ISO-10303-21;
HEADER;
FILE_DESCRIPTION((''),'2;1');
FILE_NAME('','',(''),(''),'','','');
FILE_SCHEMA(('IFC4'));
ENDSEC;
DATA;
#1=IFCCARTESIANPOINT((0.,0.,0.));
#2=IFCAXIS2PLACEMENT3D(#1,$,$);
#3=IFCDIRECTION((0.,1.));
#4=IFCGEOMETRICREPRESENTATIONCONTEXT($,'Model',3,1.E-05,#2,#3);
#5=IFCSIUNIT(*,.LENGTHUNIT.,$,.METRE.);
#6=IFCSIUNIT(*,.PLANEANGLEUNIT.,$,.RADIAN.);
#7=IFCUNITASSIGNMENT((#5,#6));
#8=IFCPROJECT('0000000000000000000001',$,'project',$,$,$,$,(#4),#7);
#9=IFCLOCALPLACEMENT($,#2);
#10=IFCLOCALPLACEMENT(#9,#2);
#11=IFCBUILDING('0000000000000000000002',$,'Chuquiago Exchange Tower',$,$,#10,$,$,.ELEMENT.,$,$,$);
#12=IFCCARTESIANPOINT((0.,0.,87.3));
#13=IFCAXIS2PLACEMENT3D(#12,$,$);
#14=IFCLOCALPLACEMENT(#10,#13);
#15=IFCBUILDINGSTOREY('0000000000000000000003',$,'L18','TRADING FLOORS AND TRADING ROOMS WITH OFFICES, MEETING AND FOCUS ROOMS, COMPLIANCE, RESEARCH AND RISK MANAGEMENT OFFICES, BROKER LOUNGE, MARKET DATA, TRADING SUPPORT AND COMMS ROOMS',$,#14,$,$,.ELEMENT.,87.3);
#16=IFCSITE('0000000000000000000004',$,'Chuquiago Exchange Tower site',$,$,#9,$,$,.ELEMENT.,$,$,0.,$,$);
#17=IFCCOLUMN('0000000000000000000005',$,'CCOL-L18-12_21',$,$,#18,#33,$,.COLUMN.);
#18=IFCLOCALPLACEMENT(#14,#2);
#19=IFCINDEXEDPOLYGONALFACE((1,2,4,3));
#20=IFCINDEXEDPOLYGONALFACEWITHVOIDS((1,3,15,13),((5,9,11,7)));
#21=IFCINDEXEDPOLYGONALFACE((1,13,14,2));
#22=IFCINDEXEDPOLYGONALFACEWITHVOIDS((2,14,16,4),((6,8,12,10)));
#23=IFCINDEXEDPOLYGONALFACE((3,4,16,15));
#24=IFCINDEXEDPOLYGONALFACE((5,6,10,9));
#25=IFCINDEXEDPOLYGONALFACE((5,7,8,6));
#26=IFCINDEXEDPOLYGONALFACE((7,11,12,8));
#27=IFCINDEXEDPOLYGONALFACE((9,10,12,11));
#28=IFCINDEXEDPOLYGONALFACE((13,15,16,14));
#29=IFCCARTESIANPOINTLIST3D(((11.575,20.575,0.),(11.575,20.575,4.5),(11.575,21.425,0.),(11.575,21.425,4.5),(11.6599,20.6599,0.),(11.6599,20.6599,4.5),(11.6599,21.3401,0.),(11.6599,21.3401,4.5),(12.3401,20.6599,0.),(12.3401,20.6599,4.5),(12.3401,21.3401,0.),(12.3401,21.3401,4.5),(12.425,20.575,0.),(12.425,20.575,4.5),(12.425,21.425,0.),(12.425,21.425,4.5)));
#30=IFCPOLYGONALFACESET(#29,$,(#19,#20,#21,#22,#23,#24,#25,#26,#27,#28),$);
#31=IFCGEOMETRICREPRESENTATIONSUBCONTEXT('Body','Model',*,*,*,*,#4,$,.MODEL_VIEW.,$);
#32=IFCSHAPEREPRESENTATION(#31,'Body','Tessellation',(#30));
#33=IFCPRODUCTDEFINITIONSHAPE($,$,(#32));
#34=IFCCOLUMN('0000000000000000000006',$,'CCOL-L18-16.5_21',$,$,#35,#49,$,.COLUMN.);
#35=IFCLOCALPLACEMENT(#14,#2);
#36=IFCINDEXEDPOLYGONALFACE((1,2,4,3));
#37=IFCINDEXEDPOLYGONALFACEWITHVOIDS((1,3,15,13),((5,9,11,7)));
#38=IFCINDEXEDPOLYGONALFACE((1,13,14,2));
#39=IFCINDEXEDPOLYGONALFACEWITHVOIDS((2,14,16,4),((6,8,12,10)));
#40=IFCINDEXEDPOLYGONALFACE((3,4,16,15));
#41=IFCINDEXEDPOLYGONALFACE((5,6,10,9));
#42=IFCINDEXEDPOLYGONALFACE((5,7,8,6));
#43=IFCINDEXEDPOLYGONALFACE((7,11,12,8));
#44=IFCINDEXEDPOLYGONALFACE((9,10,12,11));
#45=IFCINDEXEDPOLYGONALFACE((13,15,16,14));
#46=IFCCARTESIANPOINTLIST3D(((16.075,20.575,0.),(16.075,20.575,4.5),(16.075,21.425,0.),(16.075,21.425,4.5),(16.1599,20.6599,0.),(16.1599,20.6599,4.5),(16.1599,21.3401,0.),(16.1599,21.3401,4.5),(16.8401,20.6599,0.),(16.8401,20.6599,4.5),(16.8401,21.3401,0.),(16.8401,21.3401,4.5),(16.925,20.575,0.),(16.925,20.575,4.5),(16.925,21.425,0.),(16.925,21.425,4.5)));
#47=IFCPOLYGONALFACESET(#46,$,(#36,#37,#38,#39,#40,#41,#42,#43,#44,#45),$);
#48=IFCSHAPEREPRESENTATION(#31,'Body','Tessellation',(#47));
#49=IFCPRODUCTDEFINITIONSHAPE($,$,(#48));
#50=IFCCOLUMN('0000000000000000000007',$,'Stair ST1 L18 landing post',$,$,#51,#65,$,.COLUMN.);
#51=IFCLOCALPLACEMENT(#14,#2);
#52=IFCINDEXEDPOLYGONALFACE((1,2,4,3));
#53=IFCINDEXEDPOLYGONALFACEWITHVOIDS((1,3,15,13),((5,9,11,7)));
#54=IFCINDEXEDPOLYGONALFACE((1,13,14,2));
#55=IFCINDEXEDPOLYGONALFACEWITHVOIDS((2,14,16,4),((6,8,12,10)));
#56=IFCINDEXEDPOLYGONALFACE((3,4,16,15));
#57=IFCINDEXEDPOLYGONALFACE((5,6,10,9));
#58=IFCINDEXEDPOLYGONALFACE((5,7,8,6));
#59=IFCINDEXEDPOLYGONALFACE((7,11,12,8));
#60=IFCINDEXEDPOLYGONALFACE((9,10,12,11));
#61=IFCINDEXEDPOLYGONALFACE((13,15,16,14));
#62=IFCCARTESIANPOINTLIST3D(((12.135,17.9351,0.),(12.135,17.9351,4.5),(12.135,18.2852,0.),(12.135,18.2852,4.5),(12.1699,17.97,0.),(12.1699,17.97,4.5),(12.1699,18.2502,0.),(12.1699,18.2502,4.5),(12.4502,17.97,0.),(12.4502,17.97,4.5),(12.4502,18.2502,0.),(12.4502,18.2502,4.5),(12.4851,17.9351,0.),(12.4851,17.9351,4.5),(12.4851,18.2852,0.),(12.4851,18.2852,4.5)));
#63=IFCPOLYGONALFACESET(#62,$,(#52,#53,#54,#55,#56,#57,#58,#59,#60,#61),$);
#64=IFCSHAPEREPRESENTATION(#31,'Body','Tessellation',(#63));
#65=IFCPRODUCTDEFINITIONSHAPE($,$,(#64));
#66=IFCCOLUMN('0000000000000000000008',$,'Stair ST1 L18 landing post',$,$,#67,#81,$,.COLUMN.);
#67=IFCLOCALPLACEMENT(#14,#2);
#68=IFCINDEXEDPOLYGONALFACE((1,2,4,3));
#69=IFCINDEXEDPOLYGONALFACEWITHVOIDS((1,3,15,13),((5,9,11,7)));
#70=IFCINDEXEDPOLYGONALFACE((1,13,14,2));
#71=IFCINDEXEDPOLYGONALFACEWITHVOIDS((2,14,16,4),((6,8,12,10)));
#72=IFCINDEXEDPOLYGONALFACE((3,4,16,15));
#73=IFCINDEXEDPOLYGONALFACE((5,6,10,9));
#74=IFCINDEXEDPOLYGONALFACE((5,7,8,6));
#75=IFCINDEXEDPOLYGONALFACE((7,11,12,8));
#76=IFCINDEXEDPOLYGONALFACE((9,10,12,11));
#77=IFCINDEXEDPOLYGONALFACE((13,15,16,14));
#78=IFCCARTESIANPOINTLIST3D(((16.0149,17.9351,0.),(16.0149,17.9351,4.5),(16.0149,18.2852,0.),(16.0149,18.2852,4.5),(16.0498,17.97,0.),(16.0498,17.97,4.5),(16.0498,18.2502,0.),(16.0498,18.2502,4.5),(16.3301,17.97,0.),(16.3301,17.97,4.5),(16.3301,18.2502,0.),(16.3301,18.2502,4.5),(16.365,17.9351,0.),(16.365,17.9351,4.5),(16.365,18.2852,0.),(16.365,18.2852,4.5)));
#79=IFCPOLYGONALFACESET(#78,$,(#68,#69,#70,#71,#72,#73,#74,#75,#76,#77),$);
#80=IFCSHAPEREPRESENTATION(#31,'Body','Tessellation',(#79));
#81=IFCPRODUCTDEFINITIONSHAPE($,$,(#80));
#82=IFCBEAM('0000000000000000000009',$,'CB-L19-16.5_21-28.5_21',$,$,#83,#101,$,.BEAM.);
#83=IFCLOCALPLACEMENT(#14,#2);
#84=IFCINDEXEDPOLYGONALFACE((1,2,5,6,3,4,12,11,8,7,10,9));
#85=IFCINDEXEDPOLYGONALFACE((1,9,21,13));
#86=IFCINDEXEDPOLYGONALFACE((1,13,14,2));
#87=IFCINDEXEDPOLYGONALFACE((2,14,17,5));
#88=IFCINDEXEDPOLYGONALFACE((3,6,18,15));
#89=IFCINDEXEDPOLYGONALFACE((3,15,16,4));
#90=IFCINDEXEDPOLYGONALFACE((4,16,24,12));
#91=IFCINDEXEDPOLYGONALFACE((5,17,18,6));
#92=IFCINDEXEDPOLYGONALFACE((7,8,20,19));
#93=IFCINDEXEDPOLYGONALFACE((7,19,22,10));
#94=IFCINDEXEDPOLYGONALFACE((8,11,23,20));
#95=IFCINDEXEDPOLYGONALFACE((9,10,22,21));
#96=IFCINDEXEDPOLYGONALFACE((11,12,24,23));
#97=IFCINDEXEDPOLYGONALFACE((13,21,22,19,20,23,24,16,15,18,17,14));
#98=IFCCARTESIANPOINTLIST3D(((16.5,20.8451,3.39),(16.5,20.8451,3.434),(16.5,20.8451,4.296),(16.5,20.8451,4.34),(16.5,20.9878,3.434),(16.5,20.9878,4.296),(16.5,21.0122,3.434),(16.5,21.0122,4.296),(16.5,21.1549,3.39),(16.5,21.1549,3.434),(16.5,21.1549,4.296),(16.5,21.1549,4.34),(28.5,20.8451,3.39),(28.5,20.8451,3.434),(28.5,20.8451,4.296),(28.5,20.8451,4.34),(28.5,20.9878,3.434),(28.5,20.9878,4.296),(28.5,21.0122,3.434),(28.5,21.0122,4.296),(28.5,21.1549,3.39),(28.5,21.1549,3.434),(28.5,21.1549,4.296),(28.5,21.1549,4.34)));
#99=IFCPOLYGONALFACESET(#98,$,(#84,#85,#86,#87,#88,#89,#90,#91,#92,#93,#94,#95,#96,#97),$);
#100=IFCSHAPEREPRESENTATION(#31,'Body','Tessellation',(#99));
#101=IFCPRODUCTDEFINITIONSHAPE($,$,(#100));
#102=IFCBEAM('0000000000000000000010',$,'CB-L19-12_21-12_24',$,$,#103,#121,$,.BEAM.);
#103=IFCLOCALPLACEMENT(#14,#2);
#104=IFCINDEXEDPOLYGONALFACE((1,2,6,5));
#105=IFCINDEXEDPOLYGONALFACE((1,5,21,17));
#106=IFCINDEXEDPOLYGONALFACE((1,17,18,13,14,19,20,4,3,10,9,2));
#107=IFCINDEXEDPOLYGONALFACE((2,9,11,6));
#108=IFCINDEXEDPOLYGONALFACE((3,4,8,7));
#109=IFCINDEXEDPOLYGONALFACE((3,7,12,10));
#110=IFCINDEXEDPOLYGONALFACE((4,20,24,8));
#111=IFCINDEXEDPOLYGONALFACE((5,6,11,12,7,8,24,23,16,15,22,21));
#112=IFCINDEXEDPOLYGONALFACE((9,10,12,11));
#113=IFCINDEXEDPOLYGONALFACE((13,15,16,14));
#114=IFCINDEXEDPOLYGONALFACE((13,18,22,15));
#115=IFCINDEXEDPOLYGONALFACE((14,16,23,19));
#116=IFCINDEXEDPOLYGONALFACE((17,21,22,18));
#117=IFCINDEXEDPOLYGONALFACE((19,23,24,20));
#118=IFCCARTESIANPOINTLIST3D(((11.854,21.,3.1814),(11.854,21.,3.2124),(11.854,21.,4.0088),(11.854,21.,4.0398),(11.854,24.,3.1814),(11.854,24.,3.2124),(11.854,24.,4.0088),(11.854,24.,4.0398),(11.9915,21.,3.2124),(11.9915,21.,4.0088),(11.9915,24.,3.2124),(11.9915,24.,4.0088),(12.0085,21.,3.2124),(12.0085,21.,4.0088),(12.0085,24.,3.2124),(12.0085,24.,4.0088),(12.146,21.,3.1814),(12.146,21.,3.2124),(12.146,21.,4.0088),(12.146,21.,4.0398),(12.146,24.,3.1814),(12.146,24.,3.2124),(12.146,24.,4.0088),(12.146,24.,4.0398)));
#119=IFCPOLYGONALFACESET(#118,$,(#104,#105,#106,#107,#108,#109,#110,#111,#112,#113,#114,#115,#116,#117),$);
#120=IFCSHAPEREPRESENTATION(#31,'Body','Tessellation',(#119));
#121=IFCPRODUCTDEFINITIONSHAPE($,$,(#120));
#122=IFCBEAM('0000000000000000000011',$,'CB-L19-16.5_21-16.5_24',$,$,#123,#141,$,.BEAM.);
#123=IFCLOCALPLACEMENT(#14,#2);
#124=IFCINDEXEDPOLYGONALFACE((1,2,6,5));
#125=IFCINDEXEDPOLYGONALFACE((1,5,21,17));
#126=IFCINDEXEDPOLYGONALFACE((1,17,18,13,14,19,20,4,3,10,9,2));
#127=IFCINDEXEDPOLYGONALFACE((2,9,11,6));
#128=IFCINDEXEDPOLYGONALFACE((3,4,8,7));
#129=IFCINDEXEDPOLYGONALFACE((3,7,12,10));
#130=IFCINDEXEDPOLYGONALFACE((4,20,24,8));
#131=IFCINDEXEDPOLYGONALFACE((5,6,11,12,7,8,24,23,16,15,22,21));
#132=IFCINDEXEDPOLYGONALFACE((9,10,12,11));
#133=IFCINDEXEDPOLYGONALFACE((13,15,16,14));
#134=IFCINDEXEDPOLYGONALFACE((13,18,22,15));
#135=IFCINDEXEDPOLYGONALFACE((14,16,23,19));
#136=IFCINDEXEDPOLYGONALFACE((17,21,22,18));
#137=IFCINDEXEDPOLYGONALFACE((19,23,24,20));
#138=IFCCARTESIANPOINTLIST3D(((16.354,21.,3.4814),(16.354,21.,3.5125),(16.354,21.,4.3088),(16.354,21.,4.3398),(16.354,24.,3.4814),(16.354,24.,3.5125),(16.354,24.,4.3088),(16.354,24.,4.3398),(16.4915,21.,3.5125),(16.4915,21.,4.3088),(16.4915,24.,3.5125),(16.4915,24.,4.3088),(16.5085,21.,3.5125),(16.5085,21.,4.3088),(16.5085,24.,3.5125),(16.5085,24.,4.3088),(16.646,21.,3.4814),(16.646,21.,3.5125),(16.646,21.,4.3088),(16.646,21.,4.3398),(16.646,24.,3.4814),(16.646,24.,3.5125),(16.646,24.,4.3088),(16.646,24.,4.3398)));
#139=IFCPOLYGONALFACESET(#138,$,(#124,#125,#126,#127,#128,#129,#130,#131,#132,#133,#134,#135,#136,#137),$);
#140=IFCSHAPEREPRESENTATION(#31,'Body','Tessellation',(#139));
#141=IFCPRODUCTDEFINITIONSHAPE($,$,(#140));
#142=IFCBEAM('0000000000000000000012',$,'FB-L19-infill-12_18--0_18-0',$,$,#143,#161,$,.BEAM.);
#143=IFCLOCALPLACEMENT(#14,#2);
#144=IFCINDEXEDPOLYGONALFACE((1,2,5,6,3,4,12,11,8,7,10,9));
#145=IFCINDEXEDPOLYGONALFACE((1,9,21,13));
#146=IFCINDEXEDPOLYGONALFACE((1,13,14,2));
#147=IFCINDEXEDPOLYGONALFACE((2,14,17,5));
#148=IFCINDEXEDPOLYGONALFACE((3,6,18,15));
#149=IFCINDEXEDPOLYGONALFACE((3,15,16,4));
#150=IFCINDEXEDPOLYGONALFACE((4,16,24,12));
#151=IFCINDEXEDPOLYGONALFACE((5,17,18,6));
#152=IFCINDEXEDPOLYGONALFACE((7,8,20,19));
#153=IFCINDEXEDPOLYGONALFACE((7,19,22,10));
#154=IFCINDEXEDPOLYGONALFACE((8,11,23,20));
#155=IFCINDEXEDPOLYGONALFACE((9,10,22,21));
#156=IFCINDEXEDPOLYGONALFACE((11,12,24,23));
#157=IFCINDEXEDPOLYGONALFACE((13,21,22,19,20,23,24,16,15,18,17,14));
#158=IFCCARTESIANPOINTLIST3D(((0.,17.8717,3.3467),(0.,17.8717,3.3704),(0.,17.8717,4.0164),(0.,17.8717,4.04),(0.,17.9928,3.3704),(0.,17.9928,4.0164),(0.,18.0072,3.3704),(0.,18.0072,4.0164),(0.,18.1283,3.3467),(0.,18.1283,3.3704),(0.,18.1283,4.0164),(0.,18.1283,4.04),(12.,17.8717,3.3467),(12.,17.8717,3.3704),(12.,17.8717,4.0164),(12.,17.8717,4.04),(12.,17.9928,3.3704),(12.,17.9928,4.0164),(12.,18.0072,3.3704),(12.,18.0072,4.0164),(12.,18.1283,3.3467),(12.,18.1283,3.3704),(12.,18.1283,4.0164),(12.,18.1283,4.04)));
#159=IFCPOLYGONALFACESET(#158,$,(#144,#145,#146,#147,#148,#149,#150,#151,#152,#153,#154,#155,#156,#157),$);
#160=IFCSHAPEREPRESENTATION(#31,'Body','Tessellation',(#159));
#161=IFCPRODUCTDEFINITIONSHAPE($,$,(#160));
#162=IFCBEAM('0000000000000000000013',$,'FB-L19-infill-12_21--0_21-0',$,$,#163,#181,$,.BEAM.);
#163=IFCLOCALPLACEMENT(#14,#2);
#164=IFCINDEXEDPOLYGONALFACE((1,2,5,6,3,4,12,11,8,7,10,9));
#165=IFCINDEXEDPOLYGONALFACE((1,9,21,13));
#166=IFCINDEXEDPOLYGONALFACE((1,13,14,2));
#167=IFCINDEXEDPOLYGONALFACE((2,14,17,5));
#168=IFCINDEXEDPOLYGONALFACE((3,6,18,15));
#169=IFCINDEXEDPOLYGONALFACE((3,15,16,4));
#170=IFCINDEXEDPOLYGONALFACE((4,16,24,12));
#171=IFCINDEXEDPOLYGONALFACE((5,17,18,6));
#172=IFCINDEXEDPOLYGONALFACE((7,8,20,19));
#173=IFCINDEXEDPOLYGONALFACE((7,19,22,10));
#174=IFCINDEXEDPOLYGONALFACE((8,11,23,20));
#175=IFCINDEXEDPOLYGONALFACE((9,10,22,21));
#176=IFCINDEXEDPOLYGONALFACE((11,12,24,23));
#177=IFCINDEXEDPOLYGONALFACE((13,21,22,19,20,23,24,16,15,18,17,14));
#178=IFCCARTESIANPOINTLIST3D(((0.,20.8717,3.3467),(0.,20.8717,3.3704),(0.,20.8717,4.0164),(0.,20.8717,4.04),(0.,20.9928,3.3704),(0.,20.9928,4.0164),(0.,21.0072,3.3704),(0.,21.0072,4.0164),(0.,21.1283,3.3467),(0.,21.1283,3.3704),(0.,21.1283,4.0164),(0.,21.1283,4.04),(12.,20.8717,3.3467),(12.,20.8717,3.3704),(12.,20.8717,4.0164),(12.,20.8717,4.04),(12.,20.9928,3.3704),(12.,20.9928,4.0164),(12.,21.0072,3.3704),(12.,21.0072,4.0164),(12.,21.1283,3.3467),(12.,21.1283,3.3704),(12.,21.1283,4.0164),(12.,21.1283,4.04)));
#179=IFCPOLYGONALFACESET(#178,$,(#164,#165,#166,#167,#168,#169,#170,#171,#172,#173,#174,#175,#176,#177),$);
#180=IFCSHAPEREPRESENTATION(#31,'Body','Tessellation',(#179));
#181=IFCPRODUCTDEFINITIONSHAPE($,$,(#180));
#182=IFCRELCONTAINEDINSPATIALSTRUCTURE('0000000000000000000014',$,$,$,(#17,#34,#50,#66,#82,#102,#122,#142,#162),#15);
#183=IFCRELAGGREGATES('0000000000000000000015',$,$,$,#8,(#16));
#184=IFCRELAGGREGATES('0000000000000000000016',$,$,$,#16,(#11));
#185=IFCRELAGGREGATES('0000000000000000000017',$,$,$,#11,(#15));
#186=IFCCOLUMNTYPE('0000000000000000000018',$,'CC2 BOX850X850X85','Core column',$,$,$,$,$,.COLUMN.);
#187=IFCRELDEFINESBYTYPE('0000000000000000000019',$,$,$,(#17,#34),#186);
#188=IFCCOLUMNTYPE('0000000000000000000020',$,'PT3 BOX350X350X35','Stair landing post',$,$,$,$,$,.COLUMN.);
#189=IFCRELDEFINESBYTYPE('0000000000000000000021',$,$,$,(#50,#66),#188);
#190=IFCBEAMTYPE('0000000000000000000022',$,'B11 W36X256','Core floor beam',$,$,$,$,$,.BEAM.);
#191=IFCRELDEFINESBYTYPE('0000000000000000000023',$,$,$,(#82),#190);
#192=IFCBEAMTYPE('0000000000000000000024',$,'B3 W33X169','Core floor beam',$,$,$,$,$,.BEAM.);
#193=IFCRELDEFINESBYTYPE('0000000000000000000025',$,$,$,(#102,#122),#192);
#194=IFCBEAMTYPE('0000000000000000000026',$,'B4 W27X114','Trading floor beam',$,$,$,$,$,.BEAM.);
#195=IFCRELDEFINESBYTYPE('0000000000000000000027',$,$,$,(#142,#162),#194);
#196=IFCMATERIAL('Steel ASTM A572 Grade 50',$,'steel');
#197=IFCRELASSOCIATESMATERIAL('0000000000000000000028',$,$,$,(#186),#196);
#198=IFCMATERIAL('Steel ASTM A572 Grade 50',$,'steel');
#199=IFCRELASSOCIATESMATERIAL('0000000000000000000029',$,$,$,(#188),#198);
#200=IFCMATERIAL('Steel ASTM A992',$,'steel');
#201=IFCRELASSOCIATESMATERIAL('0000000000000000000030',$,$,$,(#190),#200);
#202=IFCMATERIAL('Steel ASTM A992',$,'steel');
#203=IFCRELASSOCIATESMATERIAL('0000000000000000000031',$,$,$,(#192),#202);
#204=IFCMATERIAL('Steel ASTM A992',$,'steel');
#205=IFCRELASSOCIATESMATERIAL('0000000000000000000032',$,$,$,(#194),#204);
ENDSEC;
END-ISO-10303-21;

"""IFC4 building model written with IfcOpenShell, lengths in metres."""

from ifc_helpers import new_model, si_unit, direction, frame, origin, origin_2d, place, context, subcontext, project, spatial, hollow_rectangle, i_section, extrude, material, material_profile, profile_set, type_object, element, save


model = new_model("IFC4")

# Units and contexts
model_context = context("Model", 3, precision=1e-05, world=origin(), true_north=direction((0.0, 1.0)))
body_context = subcontext(model_context, "Body", "Model", "MODEL_VIEW")
ifc_project = project(units=[si_unit("LENGTHUNIT", "METRE"), si_unit("PLANEANGLEUNIT", "RADIAN")], contexts=[model_context])

# Site, building, storey
site_placement = place(None, origin())
site = spatial("IfcSite", under=ifc_project, at=site_placement, Name="Chuquiago Exchange Tower site", CompositionType="ELEMENT", RefElevation=0.0)
building_placement = place(site_placement, origin())
building = spatial("IfcBuilding", under=site, at=building_placement, Name="Chuquiago Exchange Tower", CompositionType="ELEMENT")
storey_placement = place(building_placement, frame((0.0, 0.0, 87.3)))
storey = spatial("IfcBuildingStorey", under=building, at=storey_placement, Name="L18", Description="TRADING FLOORS AND TRADING ROOMS WITH OFFICES, MEETING AND FOCUS ROOMS, COMPLIANCE, RESEARCH AND RISK MANAGEMENT OFFICES, BROKER LOUNGE, MARKET DATA, TRADING SUPPORT AND COMMS ROOMS", CompositionType="ELEMENT", Elevation=87.3)

# Columns
ifc_material_1 = material(Name="Steel ASTM A572 Grade 50", Category="steel")
ifc_material_profile_1 = material_profile(ifc_material_1, hollow_rectangle(XDim=0.8501, YDim=0.8501, WallThickness=0.085, at=origin_2d()), Name="BOX850X850X85")
ifc_profile_set_1 = profile_set([ifc_material_profile_1], Name="Steel ASTM A572 Grade 50")
column_type_1 = type_object("IfcColumnType", Name="CC2 BOX850X850X85", Description="Core column", PredefinedType="COLUMN", material=ifc_profile_set_1)
for number, where, z_axis, x_axis, name in (
    (1, (12.0, 21.0, 0.0), (0.0, 0.0, 1.0), (1.0, 0.0, 0.0), "CCOL-L18-12_21"),
    (2, (16.5, 21.0, 0.0), (0.0, 0.0, 1.0), (1.0, 0.0, 0.0), "CCOL-L18-16.5_21"),
):
    element("IfcColumn", number, at=place(storey_placement, frame(where, z_axis=z_axis, x_axis=x_axis)), inside=storey, type_object=column_type_1, Name=name, PredefinedType="COLUMN", context=body_context, shape_type="SweptSolid", body=[
        extrude(hollow_rectangle(XDim=0.8501, YDim=0.8501, WallThickness=0.085, at=origin_2d()), origin(), (0.0, 0.0, 1.0), 4.5),
    ])
ifc_material_2 = material(Name="Steel ASTM A572 Grade 50", Category="steel")
ifc_material_profile_2 = material_profile(ifc_material_2, hollow_rectangle(XDim=0.3501, YDim=0.3501, WallThickness=0.0349, at=origin_2d()), Name="BOX350X350X35")
ifc_profile_set_2 = profile_set([ifc_material_profile_2], Name="Steel ASTM A572 Grade 50")
column_type_2 = type_object("IfcColumnType", Name="PT3 BOX350X350X35", Description="Stair landing post", PredefinedType="COLUMN", material=ifc_profile_set_2)
for number, where, z_axis, x_axis, name in (
    (3, (12.3101, 18.1101, 0.0), (0.0, 0.0, 1.0), (1.0, 0.0, 0.0), "Stair ST1 L18 landing post"),
    (4, (16.1899, 18.1101, 0.0), (0.0, 0.0, 1.0), (1.0, 0.0, 0.0), "Stair ST1 L18 landing post"),
):
    element("IfcColumn", number, at=place(storey_placement, frame(where, z_axis=z_axis, x_axis=x_axis)), inside=storey, type_object=column_type_2, Name=name, PredefinedType="COLUMN", context=body_context, shape_type="SweptSolid", body=[
        extrude(hollow_rectangle(XDim=0.3501, YDim=0.3501, WallThickness=0.0349, at=origin_2d()), origin(), (0.0, 0.0, 1.0), 4.5),
    ])

# Beams
ifc_material_3 = material(Name="Steel ASTM A992", Category="steel")
ifc_material_profile_3 = material_profile(ifc_material_3, i_section(OverallWidth=0.3098, OverallDepth=0.95, WebThickness=0.0244, FlangeThickness=0.0439, at=origin_2d()), Name="W36X256")
ifc_profile_set_3 = profile_set([ifc_material_profile_3], Name="Steel ASTM A992")
beam_type_1 = type_object("IfcBeamType", Name="B11 W36X256", Description="Core floor beam", PredefinedType="BEAM", material=ifc_profile_set_3)
beam_1_placement = place(storey_placement, frame((16.5, 21.0, 3.865), z_axis=(1.0, 0.0, 0.0), x_axis=(0.0, 1.0, 0.0)))
element("IfcBeam", 5, at=beam_1_placement, inside=storey, type_object=beam_type_1, Name="CB-L19-16.5_21-28.5_21", PredefinedType="BEAM", context=body_context, shape_type="SweptSolid", body=[
    extrude(i_section(OverallWidth=0.3098, OverallDepth=0.95, WebThickness=0.0244, FlangeThickness=0.0439, at=origin_2d()), origin(), (0.0, 0.0, 1.0), 12.0),
])
ifc_material_4 = material(Name="Steel ASTM A992", Category="steel")
ifc_material_profile_4 = material_profile(ifc_material_4, i_section(OverallWidth=0.292, OverallDepth=0.8584, WebThickness=0.0171, FlangeThickness=0.031, at=origin_2d()), Name="W33X169")
ifc_profile_set_4 = profile_set([ifc_material_profile_4], Name="Steel ASTM A992")
beam_type_2 = type_object("IfcBeamType", Name="B3 W33X169", Description="Core floor beam", PredefinedType="BEAM", material=ifc_profile_set_4)
for number, where, z_axis, x_axis, name in (
    (6, (12.0, 21.0, 3.6106), (0.0, 1.0, 0.0), (-1.0, 0.0, 0.0), "CB-L19-12_21-12_24"),
    (7, (16.5, 21.0, 3.9106), (0.0, 1.0, 0.0), (-1.0, 0.0, 0.0), "CB-L19-16.5_21-16.5_24"),
):
    element("IfcBeam", number, at=place(storey_placement, frame(where, z_axis=z_axis, x_axis=x_axis)), inside=storey, type_object=beam_type_2, Name=name, PredefinedType="BEAM", context=body_context, shape_type="SweptSolid", body=[
        extrude(i_section(OverallWidth=0.292, OverallDepth=0.8584, WebThickness=0.0171, FlangeThickness=0.031, at=origin_2d()), origin(), (0.0, 0.0, 1.0), 3.0),
    ])
ifc_material_5 = material(Name="Steel ASTM A992", Category="steel")
ifc_material_profile_5 = material_profile(ifc_material_5, i_section(OverallWidth=0.2566, OverallDepth=0.6934, WebThickness=0.0144, FlangeThickness=0.0237, at=origin_2d()), Name="W27X114")
ifc_profile_set_5 = profile_set([ifc_material_profile_5], Name="Steel ASTM A992")
beam_type_3 = type_object("IfcBeamType", Name="B4 W27X114", Description="Trading floor beam", PredefinedType="BEAM", material=ifc_profile_set_5)
for number, where, z_axis, x_axis, name in (
    (8, (12.0, 18.0, 3.6934), (-1.0, 0.0, 0.0), (0.0, -1.0, 0.0), "FB-L19-infill-12_18--0_18-0"),
    (9, (12.0, 21.0, 3.6934), (-1.0, 0.0, 0.0), (0.0, -1.0, 0.0), "FB-L19-infill-12_21--0_21-0"),
):
    element("IfcBeam", number, at=place(storey_placement, frame(where, z_axis=z_axis, x_axis=x_axis)), inside=storey, type_object=beam_type_3, Name=name, PredefinedType="BEAM", context=body_context, shape_type="SweptSolid", body=[
        extrude(i_section(OverallWidth=0.2566, OverallDepth=0.6934, WebThickness=0.0144, FlangeThickness=0.0237, at=origin_2d()), origin(), (0.0, 0.0, 1.0), 12.0),
    ])

save(model, "model.ifc")
